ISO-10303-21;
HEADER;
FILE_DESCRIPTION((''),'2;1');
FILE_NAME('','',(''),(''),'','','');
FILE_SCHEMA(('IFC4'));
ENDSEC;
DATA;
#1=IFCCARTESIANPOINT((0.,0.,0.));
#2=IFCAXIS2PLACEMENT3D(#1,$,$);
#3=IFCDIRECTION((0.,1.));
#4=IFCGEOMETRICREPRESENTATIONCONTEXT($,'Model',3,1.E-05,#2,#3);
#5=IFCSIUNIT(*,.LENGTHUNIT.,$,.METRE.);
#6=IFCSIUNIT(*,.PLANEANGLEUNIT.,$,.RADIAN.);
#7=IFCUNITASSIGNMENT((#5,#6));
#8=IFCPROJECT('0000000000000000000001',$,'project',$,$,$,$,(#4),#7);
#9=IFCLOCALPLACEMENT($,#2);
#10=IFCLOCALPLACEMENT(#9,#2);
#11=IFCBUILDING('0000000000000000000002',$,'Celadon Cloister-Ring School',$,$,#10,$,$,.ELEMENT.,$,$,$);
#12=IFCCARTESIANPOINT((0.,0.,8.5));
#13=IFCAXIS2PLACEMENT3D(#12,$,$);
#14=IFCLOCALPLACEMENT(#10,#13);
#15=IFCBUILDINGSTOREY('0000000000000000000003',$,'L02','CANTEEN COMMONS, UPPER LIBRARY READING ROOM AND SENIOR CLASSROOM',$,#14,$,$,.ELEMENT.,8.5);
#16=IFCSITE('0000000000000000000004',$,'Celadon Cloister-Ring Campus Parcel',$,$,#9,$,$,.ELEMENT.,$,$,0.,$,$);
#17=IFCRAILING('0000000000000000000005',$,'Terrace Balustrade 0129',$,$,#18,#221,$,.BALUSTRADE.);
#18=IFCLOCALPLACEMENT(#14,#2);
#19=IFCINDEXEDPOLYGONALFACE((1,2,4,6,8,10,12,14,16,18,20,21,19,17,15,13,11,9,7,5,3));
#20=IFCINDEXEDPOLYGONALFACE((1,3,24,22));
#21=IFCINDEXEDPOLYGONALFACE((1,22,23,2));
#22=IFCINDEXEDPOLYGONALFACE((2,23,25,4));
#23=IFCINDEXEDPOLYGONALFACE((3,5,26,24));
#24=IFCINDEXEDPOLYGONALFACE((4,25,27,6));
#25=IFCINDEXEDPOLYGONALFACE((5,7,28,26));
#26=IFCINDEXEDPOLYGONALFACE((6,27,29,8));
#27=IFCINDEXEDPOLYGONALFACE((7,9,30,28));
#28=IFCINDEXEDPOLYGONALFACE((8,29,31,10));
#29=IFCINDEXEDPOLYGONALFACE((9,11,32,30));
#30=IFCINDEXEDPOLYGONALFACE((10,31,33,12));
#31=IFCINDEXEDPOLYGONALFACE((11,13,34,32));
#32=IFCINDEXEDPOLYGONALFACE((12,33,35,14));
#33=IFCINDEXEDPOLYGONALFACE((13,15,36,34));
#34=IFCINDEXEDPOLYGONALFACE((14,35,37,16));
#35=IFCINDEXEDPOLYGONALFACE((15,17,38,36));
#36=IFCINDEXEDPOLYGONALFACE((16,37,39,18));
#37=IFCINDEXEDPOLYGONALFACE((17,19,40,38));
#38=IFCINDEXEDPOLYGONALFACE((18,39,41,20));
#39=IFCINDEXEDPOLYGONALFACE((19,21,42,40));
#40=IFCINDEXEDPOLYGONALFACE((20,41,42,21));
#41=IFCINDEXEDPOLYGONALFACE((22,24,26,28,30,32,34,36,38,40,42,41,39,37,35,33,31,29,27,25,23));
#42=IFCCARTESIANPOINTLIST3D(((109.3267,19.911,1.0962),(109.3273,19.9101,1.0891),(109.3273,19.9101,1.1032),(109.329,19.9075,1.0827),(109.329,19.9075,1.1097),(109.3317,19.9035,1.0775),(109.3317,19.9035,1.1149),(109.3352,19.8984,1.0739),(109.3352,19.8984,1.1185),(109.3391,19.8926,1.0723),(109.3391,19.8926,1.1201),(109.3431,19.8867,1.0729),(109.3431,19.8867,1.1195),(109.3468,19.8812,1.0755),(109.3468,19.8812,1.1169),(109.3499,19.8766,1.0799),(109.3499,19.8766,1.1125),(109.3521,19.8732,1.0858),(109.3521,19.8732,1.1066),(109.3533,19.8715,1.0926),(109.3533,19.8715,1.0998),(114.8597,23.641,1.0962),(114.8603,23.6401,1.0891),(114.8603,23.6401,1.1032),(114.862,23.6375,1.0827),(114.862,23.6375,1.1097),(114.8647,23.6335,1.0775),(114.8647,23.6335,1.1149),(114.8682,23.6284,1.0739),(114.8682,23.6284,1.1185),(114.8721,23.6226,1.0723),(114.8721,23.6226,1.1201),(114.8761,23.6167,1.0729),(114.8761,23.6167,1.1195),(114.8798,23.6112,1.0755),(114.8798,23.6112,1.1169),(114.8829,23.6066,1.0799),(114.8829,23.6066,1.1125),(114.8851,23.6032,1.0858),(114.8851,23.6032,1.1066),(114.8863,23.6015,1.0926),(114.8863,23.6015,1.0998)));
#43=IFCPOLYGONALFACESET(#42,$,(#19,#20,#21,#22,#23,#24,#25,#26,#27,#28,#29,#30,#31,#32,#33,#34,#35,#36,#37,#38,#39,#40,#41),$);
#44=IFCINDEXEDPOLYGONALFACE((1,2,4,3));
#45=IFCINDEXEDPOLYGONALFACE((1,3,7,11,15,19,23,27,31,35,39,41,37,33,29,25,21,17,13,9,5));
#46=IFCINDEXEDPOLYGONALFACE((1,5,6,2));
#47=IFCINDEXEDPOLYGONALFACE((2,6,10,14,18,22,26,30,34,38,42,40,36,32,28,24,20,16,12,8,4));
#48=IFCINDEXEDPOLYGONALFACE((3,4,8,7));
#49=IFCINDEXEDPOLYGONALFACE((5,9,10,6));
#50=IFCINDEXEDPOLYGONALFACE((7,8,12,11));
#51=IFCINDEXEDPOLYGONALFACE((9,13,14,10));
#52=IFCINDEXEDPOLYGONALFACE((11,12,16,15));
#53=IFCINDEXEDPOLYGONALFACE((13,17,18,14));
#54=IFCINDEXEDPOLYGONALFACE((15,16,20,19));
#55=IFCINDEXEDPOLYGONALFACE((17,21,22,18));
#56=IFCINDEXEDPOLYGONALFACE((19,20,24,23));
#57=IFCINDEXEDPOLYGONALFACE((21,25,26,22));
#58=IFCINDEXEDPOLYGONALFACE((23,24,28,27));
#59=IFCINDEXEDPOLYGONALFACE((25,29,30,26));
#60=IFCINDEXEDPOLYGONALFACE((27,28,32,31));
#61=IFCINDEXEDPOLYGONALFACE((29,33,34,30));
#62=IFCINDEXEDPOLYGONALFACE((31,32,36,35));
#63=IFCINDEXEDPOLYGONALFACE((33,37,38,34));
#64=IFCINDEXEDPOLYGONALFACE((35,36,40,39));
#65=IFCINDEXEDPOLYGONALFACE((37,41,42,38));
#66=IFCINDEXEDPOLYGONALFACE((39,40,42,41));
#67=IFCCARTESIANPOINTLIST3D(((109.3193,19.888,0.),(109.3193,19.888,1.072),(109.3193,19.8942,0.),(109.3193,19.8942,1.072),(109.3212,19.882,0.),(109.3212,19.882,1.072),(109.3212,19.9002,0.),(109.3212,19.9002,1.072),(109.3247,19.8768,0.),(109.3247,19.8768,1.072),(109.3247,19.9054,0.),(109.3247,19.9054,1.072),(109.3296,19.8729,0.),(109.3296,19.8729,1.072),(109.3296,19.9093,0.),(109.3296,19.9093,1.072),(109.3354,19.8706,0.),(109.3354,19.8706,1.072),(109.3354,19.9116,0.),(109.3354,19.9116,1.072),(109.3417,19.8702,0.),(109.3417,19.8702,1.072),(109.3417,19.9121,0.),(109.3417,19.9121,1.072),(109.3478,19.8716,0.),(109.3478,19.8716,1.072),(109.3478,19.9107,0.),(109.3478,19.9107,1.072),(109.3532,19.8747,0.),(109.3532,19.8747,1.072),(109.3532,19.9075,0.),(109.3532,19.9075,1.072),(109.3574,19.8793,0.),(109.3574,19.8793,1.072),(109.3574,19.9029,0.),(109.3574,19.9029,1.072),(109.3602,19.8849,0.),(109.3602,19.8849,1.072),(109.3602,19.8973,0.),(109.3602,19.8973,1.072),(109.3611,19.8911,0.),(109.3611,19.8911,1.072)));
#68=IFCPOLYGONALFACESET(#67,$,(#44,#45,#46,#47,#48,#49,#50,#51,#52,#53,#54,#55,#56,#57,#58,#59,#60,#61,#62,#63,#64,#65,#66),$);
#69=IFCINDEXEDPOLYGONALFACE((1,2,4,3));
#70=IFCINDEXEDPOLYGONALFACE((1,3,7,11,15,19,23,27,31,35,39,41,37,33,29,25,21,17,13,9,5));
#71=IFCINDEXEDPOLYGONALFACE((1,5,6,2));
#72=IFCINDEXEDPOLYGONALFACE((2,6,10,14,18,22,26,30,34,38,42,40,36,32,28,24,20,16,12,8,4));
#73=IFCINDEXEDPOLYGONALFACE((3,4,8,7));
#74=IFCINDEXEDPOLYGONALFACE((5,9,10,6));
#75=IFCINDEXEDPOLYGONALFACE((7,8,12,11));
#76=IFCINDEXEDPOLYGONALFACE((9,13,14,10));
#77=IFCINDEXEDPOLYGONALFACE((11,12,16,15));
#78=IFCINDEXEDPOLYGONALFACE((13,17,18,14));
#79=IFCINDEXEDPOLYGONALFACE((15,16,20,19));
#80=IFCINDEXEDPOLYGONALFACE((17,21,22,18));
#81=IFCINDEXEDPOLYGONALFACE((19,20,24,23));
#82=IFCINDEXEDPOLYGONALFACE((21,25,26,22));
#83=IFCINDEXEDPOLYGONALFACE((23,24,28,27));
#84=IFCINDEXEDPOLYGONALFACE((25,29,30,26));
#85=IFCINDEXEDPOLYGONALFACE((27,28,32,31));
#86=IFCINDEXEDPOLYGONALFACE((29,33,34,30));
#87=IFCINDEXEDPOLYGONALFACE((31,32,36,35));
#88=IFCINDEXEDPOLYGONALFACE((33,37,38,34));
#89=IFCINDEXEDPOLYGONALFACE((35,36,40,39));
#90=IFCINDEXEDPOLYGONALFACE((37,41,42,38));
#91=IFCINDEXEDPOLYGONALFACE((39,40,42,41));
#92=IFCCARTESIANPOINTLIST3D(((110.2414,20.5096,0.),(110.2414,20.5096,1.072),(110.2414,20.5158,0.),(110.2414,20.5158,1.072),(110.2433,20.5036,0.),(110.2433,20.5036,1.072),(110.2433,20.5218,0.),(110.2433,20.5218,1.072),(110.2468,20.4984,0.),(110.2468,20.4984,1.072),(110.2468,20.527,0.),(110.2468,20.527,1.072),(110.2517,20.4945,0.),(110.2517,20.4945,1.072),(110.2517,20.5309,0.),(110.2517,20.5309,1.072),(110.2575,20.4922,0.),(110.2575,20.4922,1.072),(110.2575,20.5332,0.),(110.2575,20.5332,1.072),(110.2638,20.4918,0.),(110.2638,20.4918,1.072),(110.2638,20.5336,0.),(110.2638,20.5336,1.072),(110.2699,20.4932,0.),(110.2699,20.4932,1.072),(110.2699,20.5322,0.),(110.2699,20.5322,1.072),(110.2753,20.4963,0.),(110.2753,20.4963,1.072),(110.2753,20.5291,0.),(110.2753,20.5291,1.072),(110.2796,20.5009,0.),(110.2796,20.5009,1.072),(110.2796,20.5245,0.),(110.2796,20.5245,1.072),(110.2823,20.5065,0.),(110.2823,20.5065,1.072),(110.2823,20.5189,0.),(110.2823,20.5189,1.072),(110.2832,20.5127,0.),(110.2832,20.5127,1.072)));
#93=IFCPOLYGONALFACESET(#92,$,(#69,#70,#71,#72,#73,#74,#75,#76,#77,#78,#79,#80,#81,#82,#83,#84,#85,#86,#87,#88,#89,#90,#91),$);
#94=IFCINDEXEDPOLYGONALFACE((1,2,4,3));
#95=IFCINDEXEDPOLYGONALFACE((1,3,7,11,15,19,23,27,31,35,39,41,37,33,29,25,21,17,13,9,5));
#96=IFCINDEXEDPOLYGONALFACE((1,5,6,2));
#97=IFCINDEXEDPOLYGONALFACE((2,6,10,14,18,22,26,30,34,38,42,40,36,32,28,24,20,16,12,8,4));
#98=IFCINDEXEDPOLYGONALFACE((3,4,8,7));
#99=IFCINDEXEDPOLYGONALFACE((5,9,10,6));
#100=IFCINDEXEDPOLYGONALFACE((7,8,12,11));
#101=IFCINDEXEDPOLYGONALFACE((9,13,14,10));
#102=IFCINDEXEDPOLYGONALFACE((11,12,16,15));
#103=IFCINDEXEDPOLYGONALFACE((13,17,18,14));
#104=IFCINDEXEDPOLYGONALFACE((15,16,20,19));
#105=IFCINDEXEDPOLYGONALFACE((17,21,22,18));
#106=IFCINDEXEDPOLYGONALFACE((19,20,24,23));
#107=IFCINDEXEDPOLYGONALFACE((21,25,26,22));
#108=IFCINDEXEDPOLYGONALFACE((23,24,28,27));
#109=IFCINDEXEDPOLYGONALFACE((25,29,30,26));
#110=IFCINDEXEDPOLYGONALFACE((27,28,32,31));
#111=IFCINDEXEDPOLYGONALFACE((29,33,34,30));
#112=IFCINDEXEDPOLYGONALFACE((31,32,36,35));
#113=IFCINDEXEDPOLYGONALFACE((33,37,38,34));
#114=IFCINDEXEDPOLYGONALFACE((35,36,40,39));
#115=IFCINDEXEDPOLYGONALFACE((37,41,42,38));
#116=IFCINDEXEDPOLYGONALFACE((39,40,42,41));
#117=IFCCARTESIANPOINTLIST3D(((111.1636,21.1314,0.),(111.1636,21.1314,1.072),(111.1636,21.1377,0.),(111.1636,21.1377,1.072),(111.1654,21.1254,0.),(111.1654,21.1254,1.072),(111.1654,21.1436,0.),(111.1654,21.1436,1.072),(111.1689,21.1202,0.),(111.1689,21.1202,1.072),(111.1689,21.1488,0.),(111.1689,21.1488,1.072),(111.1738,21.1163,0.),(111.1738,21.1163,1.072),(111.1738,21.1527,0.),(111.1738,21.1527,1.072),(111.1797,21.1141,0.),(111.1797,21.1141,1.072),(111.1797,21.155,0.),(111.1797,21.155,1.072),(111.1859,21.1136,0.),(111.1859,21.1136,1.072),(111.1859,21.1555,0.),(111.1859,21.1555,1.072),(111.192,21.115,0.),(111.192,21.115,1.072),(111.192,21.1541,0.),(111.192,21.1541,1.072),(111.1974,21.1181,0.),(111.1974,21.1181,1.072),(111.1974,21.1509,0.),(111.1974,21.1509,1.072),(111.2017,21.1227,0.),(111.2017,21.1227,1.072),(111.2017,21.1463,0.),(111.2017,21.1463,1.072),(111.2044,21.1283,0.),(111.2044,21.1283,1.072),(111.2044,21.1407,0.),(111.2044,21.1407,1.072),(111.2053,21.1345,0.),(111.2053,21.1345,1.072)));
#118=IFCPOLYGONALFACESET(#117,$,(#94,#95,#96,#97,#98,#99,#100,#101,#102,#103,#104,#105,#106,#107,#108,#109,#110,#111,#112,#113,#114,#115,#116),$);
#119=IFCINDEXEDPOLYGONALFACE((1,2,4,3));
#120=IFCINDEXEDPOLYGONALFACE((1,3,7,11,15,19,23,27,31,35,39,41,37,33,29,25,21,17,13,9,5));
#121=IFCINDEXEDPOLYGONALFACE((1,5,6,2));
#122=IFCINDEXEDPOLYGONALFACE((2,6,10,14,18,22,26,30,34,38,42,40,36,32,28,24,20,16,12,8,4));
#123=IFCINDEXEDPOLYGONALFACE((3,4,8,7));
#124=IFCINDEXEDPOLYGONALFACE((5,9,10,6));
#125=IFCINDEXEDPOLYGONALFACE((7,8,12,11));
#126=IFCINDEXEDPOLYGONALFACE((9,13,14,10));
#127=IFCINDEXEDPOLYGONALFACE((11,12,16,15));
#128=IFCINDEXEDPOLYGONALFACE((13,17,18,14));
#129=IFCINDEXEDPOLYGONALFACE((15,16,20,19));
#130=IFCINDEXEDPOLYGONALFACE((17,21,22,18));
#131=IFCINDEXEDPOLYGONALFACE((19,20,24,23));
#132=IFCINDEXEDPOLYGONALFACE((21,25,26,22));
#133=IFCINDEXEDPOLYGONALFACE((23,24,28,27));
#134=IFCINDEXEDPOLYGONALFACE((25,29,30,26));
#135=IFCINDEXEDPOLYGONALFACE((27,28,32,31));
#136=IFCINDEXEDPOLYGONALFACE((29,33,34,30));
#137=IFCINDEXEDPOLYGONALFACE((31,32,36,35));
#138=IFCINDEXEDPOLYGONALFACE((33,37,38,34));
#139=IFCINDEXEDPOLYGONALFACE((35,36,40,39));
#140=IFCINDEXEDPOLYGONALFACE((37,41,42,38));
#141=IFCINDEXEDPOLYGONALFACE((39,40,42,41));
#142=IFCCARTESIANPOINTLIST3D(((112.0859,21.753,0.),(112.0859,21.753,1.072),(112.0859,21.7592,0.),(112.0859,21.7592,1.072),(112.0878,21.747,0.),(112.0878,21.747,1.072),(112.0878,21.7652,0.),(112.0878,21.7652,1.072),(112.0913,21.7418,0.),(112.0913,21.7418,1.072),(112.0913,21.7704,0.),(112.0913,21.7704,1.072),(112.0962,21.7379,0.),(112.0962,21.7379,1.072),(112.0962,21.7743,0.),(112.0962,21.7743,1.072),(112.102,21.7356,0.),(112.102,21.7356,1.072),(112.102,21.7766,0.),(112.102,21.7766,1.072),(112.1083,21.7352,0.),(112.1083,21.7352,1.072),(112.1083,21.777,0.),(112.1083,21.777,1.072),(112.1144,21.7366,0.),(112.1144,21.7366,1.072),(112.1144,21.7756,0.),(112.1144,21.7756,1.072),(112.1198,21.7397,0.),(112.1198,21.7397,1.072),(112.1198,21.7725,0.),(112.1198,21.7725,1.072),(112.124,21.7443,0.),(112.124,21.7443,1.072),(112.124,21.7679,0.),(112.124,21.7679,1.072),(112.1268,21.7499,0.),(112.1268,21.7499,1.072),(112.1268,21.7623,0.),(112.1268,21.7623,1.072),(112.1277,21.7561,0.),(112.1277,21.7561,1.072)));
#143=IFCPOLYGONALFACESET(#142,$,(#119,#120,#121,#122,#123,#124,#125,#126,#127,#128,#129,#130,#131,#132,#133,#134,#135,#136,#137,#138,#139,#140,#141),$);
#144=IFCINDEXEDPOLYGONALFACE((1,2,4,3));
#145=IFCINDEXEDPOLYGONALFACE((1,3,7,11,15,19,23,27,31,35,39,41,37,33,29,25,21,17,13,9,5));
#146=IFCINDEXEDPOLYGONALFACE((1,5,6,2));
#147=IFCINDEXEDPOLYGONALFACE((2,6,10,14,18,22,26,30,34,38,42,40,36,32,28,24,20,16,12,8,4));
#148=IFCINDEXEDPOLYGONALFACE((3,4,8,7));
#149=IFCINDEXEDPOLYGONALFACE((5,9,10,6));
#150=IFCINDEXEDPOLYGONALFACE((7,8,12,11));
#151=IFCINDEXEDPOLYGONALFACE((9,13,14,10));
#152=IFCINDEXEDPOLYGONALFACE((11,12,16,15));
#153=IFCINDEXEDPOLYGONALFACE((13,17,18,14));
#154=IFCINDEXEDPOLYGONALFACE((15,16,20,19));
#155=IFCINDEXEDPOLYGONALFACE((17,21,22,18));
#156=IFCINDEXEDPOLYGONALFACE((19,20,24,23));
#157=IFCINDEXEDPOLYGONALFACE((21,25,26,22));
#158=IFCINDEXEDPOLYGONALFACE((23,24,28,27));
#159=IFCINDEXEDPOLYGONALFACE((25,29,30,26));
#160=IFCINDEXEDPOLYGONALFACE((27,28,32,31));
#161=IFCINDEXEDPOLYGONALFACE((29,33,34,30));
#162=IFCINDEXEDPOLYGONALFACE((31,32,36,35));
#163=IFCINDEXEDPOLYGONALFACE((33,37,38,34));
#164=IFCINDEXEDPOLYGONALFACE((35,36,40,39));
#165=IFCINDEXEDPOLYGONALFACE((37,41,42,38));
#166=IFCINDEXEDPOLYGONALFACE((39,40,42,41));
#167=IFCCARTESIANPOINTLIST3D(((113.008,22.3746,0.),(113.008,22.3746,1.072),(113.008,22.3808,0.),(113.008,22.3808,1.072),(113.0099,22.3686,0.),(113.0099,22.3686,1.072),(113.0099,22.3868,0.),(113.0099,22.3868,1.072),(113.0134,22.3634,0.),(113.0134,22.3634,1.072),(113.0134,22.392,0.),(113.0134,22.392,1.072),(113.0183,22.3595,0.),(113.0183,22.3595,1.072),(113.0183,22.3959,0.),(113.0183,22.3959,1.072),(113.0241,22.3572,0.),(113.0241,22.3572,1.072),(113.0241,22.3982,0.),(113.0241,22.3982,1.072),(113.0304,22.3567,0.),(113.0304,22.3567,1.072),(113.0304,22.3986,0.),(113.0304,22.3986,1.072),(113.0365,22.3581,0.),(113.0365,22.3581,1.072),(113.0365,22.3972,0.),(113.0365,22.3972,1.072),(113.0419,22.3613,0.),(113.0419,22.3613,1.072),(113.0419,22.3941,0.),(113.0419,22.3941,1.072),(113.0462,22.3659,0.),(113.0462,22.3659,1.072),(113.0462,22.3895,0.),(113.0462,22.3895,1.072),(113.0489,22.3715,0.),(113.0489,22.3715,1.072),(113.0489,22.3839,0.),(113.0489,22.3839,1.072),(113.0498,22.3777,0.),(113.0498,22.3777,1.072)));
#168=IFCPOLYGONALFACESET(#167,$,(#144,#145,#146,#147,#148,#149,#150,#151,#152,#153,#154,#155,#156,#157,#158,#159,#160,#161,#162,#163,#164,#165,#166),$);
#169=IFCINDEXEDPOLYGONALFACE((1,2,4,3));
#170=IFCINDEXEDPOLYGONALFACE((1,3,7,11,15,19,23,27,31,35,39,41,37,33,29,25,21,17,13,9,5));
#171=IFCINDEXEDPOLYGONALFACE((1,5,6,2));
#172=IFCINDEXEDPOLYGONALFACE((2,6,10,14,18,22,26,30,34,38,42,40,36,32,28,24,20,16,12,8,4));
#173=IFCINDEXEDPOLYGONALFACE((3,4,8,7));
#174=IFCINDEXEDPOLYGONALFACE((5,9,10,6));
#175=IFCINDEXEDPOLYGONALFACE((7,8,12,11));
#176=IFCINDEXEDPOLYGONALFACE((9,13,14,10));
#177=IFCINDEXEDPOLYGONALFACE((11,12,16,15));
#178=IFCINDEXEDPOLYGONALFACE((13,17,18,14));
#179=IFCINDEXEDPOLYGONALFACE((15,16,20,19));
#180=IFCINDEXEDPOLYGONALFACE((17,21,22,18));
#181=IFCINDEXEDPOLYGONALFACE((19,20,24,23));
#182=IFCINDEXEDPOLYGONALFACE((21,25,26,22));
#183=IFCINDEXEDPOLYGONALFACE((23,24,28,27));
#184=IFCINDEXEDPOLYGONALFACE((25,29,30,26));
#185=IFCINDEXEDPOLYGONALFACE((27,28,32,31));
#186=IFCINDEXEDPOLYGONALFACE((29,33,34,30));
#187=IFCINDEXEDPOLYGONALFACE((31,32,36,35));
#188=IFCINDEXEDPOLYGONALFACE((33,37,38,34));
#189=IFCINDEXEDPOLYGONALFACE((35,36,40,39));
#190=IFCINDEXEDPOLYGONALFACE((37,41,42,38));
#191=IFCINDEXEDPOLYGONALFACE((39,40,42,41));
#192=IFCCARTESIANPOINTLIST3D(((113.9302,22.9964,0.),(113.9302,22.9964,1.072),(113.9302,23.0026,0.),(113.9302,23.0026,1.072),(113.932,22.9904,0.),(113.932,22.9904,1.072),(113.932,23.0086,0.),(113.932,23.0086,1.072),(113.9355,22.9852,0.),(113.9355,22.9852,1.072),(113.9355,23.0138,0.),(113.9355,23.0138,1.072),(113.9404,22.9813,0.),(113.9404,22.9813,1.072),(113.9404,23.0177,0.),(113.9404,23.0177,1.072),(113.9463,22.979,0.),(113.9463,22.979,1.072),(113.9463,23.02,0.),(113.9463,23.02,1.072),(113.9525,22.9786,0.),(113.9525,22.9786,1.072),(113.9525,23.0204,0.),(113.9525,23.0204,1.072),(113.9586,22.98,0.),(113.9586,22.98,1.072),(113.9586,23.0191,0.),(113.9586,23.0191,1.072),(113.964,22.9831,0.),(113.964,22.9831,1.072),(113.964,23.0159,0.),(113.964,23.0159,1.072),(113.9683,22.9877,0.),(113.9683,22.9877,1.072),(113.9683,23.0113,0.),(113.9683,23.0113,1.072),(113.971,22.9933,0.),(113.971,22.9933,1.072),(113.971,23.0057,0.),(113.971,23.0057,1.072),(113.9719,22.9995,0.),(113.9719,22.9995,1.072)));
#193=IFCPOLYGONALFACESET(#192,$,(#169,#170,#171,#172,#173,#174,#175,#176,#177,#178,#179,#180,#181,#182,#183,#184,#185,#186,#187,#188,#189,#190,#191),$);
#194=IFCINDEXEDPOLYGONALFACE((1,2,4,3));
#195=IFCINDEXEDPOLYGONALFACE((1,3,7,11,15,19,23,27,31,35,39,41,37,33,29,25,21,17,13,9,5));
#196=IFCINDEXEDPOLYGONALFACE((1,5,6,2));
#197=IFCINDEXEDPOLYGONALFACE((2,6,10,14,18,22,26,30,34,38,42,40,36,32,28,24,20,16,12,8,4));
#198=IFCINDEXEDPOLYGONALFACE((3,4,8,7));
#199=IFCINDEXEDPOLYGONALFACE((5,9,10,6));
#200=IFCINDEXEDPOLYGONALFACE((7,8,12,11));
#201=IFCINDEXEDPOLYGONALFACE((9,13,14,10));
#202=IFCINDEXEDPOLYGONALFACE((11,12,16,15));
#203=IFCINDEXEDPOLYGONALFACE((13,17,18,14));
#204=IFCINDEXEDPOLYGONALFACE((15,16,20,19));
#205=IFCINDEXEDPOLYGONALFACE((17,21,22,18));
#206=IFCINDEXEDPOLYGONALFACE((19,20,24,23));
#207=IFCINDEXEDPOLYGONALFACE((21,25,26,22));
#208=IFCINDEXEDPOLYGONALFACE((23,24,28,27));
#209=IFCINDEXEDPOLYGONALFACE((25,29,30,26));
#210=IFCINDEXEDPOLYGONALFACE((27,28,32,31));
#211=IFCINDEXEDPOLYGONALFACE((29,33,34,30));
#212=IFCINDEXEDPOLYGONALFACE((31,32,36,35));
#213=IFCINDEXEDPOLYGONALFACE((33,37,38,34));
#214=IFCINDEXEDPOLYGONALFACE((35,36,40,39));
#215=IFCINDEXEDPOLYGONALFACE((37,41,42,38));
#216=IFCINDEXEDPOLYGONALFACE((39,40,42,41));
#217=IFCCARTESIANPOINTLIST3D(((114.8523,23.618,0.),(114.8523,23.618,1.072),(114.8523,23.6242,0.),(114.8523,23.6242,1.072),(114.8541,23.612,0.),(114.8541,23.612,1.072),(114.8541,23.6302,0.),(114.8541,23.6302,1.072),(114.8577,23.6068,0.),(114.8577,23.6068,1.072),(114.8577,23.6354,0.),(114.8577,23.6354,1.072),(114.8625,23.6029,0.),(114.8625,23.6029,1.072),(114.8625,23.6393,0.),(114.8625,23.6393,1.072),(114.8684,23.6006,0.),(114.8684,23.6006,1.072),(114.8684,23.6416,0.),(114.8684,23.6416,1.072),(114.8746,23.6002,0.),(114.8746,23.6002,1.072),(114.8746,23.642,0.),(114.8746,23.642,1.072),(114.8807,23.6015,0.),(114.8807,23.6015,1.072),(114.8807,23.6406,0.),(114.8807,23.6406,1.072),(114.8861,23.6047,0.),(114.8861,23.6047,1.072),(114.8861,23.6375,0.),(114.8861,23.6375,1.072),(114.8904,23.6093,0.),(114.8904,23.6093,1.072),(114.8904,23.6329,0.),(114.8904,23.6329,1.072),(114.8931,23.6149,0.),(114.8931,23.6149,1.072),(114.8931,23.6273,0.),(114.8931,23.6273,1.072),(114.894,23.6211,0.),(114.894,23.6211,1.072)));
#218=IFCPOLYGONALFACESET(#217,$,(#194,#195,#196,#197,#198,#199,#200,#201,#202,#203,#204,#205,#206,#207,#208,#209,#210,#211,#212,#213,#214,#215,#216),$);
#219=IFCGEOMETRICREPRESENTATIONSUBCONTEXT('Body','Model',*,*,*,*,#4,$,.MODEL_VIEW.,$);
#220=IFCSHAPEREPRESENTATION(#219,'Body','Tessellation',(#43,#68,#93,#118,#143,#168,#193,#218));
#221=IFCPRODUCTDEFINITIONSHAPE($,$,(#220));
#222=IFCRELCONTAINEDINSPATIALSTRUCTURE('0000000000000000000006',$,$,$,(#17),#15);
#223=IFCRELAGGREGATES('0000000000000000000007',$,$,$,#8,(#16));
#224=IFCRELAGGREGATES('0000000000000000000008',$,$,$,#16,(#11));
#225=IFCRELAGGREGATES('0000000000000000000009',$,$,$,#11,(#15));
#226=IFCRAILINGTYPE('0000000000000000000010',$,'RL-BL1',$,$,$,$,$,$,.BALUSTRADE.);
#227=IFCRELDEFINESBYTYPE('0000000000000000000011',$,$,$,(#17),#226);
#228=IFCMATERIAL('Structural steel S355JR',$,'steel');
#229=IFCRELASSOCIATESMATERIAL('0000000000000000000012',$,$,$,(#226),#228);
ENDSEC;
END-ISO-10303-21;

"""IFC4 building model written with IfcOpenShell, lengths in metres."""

from ifc_helpers import new_model, si_unit, direction, frame, origin, origin_2d, place, context, subcontext, project, spatial, circle, extrude, material, type_object, element, save


model = new_model("IFC4")

# Units and contexts
model_context = context("Model", 3, precision=1e-05, world=origin(), true_north=direction((0.0, 1.0)))
body_context = subcontext(model_context, "Body", "Model", "MODEL_VIEW")
ifc_project = project(units=[si_unit("LENGTHUNIT", "METRE"), si_unit("PLANEANGLEUNIT", "RADIAN")], contexts=[model_context])

# Site, building, storey
site_placement = place(None, origin())
site = spatial("IfcSite", under=ifc_project, at=site_placement, Name="Celadon Cloister-Ring Campus Parcel", CompositionType="ELEMENT", RefElevation=0.0)
building_placement = place(site_placement, origin())
building = spatial("IfcBuilding", under=site, at=building_placement, Name="Celadon Cloister-Ring School", CompositionType="ELEMENT")
storey_placement = place(building_placement, frame((0.0, 0.0, 8.5)))
storey = spatial("IfcBuildingStorey", under=building, at=storey_placement, Name="L02", Description="CANTEEN COMMONS, UPPER LIBRARY READING ROOM AND SENIOR CLASSROOM", CompositionType="ELEMENT", Elevation=8.5)

# Railing
ifc_material_1 = material(Name="Structural steel S355JR", Category="steel")
railing_type = type_object("IfcRailingType", Name="RL-BL1", PredefinedType="BALUSTRADE", material=ifc_material_1)
railing_placement = place(storey_placement, frame((109.3401, 19.8911, 0.0)))
element("IfcRailing", 1, at=railing_placement, inside=storey, type_object=railing_type, Name="Terrace Balustrade 0129", PredefinedType="BALUSTRADE", context=body_context, shape_type="SweptSolid", body=[
    extrude(circle(Radius=0.0239, at=origin_2d()), frame((0.0, 0.0, 1.0962), z_axis=(0.82918, 0.558982, 0.0), x_axis=(-0.558982, 0.82918, 0.0)), (0.0, 0.0, 1.0), 6.6729),
    extrude(circle(Radius=0.021, at=origin_2d()), origin(), (0.0, 0.0, 1.0), 1.072),
    extrude(circle(Radius=0.021, at=origin_2d()), frame((0.9221, 0.6216, 0.0)), (0.0, 0.0, 1.0), 1.072),
    extrude(circle(Radius=0.021, at=origin_2d()), frame((1.8442, 1.2434, 0.0)), (0.0, 0.0, 1.0), 1.072),
    extrude(circle(Radius=0.021, at=origin_2d()), frame((2.7666, 1.865, 0.0)), (0.0, 0.0, 1.0), 1.072),
    extrude(circle(Radius=0.021, at=origin_2d()), frame((3.6887, 2.4866, 0.0)), (0.0, 0.0, 1.0), 1.072),
    extrude(circle(Radius=0.021, at=origin_2d()), frame((4.6108, 3.1084, 0.0)), (0.0, 0.0, 1.0), 1.072),
    extrude(circle(Radius=0.021, at=origin_2d()), frame((5.533, 3.73, 0.0)), (0.0, 0.0, 1.0), 1.072),
])

save(model, "model.ifc")
